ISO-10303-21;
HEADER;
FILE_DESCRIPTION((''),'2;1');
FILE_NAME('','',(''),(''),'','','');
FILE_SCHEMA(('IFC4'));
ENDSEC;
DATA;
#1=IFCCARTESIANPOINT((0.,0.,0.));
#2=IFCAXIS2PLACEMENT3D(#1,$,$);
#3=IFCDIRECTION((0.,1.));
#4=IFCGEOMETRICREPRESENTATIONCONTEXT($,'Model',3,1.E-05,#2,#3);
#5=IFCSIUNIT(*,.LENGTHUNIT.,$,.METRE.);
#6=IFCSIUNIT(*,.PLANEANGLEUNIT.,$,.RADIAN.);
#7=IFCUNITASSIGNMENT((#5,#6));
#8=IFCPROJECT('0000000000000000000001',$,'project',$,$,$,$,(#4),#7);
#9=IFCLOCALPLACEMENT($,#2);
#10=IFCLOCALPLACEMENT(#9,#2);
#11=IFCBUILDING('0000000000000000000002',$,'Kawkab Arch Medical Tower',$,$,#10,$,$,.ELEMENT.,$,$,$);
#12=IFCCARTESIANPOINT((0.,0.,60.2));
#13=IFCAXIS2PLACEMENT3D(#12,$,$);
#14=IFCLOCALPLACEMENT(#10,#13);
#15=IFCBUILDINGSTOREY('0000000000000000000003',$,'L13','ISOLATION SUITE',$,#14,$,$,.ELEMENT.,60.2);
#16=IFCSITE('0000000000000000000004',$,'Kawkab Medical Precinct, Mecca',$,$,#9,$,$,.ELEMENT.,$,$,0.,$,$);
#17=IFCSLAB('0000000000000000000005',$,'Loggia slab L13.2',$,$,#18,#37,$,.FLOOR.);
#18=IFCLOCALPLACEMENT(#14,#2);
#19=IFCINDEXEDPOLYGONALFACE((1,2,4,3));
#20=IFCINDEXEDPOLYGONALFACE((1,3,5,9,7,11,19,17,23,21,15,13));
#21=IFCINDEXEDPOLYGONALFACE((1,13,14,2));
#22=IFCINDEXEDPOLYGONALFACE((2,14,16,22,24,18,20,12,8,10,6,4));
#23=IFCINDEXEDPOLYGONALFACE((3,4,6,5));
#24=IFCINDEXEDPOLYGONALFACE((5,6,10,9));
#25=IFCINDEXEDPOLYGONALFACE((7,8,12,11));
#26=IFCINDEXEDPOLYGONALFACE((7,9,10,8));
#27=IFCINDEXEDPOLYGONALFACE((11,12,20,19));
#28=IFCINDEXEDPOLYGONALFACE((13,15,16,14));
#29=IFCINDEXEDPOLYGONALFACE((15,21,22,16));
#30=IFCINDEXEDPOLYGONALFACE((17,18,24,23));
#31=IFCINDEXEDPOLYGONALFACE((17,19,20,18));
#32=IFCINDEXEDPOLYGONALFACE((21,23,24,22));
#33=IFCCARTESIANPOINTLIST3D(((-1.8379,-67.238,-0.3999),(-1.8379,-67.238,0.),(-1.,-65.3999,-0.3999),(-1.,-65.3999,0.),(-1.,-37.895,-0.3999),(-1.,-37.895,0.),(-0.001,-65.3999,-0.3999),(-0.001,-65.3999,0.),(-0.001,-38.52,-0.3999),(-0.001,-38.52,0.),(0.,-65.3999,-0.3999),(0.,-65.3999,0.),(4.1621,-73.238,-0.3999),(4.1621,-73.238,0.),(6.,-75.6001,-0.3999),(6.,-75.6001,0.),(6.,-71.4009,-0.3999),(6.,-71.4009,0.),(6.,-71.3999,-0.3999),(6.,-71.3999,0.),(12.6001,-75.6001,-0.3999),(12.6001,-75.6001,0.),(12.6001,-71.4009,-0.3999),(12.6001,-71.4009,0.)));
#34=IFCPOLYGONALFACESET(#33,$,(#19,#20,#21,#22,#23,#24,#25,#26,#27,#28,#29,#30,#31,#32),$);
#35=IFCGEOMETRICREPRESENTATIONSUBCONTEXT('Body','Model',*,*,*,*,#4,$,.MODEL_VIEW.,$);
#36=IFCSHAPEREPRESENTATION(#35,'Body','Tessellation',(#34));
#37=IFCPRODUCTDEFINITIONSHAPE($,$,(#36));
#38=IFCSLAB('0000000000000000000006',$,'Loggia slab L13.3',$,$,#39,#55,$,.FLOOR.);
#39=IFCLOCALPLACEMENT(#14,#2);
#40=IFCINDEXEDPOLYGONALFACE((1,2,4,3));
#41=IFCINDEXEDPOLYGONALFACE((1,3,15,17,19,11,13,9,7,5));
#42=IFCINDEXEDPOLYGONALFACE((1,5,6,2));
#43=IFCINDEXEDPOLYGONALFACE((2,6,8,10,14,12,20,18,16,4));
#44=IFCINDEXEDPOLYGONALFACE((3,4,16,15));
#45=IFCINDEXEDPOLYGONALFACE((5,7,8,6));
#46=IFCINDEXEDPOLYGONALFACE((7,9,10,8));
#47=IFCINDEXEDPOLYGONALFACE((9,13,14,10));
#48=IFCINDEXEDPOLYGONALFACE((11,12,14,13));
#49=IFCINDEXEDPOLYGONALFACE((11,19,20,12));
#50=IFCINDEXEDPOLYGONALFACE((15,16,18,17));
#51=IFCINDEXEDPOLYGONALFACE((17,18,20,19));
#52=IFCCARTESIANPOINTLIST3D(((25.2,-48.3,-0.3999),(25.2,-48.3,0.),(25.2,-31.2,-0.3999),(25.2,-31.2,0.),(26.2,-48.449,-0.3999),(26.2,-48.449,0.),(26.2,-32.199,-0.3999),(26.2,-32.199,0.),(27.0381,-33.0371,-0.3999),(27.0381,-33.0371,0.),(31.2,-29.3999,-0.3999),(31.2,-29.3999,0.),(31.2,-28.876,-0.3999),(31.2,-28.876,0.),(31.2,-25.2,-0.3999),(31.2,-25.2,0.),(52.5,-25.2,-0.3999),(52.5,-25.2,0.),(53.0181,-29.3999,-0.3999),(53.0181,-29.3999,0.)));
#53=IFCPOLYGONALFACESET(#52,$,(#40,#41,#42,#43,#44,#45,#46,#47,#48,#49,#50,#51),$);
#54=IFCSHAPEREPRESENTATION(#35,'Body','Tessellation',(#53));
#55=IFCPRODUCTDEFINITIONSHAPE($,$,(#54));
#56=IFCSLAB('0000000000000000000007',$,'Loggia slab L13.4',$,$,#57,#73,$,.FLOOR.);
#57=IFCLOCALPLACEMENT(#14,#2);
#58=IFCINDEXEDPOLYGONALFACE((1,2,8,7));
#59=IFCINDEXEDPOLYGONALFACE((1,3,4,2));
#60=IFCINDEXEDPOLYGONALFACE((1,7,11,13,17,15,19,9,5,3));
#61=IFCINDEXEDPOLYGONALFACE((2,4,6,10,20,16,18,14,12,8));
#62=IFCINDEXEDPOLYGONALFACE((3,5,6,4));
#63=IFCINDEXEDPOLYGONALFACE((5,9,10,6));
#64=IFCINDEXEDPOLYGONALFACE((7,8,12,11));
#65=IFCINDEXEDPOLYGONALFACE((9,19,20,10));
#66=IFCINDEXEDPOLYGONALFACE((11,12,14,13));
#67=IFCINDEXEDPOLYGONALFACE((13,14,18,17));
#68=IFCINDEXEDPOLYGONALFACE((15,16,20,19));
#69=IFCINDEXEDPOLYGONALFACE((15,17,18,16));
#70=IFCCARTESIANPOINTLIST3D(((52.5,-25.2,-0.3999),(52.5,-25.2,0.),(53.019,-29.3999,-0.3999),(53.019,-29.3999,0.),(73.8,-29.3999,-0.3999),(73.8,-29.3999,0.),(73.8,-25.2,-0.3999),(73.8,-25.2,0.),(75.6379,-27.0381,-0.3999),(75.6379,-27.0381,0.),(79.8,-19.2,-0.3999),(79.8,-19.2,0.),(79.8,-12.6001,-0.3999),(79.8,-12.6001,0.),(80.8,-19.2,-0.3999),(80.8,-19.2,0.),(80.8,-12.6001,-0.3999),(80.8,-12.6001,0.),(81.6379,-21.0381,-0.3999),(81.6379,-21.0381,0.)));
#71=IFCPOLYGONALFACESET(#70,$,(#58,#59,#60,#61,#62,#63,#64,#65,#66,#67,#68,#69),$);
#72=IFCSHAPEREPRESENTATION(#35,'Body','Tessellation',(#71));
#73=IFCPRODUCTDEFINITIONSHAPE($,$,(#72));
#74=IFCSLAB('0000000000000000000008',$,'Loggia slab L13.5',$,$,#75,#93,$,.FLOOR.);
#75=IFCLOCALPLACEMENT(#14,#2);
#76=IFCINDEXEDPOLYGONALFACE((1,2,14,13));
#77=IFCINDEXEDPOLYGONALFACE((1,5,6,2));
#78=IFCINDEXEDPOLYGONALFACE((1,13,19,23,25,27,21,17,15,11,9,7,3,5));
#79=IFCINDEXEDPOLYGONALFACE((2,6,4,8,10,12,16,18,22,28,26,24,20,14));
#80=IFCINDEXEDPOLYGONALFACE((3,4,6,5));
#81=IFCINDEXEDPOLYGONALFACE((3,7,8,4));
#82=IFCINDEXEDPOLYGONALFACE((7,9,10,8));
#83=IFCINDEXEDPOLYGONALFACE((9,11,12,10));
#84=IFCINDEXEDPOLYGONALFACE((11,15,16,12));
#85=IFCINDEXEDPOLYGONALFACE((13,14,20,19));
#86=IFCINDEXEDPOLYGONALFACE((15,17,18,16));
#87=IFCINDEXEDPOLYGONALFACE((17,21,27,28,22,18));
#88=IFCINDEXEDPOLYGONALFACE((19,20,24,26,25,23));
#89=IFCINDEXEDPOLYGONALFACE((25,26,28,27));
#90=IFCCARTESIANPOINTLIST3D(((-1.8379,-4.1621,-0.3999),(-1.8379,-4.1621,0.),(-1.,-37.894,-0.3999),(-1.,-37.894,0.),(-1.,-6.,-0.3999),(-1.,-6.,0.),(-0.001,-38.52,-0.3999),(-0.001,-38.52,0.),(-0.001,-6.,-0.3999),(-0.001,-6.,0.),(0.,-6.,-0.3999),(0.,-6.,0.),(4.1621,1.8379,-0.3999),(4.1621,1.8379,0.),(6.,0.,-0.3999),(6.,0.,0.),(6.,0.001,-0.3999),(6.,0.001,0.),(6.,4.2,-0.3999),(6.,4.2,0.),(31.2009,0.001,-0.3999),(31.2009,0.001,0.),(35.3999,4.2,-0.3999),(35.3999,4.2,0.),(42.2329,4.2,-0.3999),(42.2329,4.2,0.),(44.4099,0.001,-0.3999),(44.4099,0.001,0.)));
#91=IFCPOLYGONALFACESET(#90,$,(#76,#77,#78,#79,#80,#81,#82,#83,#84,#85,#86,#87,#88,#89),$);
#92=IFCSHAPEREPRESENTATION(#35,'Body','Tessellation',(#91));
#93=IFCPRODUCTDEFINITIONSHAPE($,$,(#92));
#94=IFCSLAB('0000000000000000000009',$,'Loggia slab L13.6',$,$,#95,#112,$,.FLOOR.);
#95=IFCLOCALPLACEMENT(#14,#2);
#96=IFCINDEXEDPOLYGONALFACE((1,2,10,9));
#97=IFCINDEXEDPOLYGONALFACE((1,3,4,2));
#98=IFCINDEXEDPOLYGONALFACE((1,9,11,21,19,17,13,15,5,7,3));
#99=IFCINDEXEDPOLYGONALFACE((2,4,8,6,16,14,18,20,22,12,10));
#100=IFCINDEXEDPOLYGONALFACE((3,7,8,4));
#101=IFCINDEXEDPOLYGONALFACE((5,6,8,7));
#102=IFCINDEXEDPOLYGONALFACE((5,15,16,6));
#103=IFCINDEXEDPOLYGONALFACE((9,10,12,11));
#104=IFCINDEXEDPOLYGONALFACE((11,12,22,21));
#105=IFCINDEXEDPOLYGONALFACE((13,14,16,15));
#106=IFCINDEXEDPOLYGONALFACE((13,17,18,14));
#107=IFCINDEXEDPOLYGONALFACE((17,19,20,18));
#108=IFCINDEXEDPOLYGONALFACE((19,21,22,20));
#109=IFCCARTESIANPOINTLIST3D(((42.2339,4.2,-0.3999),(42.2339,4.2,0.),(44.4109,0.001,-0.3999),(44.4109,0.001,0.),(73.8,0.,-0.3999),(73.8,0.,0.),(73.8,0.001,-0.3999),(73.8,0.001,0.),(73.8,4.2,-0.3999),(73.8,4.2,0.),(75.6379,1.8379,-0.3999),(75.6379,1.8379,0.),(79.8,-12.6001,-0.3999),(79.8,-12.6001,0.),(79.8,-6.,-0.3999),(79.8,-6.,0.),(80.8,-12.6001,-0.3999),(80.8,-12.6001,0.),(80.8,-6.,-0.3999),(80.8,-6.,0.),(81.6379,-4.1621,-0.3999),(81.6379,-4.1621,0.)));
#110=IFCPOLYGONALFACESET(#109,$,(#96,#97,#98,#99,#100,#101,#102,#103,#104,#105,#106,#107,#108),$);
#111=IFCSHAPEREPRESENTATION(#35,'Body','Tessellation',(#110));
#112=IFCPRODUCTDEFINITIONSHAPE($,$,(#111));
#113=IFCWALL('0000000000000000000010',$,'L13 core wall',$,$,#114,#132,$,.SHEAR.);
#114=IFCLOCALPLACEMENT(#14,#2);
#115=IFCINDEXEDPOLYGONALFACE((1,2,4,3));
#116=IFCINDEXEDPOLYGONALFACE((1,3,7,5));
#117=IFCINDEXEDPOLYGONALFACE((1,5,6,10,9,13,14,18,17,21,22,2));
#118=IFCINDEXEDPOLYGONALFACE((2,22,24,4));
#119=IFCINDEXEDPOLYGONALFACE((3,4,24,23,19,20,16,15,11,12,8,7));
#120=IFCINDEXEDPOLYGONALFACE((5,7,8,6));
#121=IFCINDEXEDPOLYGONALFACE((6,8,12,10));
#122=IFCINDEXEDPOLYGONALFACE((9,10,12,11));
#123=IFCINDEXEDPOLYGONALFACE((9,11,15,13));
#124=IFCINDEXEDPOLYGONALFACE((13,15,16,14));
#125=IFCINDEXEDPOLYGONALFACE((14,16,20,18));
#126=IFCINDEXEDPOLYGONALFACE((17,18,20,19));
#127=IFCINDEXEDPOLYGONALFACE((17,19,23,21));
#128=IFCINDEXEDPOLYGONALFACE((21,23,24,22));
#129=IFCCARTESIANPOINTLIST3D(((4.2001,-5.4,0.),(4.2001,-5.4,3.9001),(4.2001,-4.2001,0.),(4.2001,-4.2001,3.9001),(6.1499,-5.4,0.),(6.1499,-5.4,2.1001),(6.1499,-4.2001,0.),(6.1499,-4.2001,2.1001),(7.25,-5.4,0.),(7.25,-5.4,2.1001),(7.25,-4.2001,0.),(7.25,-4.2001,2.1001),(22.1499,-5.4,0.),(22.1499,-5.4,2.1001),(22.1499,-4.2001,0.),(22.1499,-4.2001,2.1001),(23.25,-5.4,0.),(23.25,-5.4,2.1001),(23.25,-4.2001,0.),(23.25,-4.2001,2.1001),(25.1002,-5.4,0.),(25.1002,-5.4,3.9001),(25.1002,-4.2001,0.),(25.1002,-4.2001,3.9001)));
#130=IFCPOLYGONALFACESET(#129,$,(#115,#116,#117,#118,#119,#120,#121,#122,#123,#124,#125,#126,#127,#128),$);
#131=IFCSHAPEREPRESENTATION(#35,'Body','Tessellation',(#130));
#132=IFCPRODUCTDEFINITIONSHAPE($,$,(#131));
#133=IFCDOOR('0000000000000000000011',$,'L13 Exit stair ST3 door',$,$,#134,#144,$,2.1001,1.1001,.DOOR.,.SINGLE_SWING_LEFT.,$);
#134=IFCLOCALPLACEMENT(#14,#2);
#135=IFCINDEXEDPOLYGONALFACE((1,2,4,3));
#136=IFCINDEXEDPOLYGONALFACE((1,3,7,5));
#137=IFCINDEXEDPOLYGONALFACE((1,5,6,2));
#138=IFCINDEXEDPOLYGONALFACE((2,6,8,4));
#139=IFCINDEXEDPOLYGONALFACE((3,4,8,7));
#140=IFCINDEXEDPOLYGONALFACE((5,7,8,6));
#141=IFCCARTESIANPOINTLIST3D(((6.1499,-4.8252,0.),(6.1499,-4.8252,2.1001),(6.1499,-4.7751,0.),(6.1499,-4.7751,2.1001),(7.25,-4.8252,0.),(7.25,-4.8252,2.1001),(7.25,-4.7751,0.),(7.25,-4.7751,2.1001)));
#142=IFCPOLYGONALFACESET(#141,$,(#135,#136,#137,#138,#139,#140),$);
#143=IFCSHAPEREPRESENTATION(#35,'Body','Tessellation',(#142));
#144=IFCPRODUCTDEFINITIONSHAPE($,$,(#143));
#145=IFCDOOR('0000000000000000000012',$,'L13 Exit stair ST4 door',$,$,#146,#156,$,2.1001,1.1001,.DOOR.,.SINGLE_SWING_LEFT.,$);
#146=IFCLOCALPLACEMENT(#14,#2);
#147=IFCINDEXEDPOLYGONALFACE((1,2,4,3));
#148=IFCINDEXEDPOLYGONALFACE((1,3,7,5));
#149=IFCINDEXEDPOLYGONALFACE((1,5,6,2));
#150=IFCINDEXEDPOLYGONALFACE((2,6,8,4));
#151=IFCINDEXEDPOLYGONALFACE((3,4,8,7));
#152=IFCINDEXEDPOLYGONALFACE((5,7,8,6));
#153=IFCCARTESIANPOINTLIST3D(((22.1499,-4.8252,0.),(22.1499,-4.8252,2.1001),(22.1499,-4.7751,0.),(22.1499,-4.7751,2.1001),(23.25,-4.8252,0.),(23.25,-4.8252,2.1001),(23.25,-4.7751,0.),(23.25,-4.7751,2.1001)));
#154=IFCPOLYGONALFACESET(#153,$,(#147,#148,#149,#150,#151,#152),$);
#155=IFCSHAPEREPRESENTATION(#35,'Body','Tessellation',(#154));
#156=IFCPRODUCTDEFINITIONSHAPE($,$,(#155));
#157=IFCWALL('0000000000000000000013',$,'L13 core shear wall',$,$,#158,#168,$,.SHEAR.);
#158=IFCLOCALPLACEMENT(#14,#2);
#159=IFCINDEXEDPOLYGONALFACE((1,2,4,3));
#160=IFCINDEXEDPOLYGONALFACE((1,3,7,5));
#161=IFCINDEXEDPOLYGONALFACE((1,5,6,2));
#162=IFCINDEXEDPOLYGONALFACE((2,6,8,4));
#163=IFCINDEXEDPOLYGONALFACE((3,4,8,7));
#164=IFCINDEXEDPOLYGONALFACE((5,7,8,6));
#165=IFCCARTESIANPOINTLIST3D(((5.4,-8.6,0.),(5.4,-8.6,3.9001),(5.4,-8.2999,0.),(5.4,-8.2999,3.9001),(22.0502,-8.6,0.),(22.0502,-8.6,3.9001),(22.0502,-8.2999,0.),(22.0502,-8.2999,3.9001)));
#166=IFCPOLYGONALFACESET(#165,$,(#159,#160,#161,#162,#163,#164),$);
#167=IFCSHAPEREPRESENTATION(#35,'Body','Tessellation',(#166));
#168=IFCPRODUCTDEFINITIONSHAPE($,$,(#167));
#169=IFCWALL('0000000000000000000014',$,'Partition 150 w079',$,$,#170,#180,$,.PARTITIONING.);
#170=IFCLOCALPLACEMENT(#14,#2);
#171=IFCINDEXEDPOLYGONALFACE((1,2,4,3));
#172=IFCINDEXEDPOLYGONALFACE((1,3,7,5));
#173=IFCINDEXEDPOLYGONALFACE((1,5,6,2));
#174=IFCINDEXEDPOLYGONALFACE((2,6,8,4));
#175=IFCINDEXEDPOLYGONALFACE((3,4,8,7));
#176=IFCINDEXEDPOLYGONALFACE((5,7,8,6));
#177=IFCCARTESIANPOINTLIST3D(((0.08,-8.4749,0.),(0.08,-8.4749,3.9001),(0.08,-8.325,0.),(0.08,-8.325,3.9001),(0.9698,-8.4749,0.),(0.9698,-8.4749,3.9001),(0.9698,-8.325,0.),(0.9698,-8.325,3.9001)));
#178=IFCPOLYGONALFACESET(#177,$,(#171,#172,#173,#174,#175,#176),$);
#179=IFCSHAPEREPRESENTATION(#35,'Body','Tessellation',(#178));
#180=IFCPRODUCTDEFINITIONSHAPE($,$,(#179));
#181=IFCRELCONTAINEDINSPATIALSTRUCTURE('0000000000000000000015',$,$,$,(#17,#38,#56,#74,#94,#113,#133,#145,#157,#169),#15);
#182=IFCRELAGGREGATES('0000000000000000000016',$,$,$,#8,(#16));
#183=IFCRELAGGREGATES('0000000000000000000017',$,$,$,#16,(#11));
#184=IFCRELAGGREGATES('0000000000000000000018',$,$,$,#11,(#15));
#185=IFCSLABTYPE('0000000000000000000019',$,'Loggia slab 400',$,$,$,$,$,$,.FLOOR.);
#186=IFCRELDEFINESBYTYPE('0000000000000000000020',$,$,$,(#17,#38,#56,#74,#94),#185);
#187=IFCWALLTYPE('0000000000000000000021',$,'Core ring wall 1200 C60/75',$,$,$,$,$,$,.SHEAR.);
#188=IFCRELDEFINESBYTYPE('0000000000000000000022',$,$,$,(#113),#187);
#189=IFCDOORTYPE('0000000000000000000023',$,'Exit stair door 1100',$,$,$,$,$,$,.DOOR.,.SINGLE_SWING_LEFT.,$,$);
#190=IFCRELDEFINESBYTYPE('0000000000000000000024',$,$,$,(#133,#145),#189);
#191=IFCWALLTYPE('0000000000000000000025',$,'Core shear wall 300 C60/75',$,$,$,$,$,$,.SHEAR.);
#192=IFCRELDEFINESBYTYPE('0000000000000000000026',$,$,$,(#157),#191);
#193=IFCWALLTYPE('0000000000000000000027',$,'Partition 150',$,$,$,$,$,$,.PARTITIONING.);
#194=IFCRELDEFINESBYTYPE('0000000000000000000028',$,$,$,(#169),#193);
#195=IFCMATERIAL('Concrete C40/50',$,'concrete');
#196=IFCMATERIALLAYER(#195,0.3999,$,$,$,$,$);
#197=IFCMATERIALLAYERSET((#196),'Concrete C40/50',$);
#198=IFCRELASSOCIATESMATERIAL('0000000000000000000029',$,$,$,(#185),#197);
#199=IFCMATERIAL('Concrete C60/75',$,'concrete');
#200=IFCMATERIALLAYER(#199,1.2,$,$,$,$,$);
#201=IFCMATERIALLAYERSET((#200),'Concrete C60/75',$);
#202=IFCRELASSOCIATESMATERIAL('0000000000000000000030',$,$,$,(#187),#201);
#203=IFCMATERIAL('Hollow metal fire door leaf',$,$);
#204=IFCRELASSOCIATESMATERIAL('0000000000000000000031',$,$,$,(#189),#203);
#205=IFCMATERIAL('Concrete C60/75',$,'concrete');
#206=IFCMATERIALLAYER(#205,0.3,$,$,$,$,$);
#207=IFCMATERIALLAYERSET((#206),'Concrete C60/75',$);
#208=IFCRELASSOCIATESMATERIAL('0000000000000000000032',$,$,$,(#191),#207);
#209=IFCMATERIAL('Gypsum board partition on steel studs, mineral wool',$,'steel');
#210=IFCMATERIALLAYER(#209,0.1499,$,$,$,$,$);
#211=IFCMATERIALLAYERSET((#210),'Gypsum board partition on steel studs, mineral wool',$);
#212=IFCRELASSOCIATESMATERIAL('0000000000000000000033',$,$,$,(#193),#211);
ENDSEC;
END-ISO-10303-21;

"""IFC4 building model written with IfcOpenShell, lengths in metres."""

from ifc_helpers import new_model, si_unit, direction, frame, frame_2d, origin, place, context, subcontext, project, spatial, polyline, rectangle, outline, extrude, material, layer, layer_set, type_object, element, fill, save


model = new_model("IFC4")

# Units and contexts
model_context = context("Model", 3, precision=1e-05, world=origin(), true_north=direction((0.0, 1.0)))
body_context = subcontext(model_context, "Body", "Model", "MODEL_VIEW")
ifc_project = project(units=[si_unit("LENGTHUNIT", "METRE"), si_unit("PLANEANGLEUNIT", "RADIAN")], contexts=[model_context])

# Site, building, storey
site_placement = place(None, origin())
site = spatial("IfcSite", under=ifc_project, at=site_placement, Name="Kawkab Medical Precinct, Mecca", CompositionType="ELEMENT", RefElevation=0.0)
building_placement = place(site_placement, origin())
building = spatial("IfcBuilding", under=site, at=building_placement, Name="Kawkab Arch Medical Tower", CompositionType="ELEMENT")
storey_placement = place(building_placement, frame((0.0, 0.0, 60.2)))
storey = spatial("IfcBuildingStorey", under=building, at=storey_placement, Name="L13", Description="ISOLATION SUITE", CompositionType="ELEMENT", Elevation=60.2)

# Slabs
ifc_material_1 = material(Name="Concrete C40/50", Category="concrete")
ifc_layer_1 = layer(ifc_material_1, 0.3999)
ifc_layer_set_1 = layer_set([ifc_layer_1], Name="Concrete C40/50")
slab_type_1 = type_object("IfcSlabType", Name="Loggia slab 400", PredefinedType="FLOOR", material=ifc_layer_set_1)
placement_1 = place(storey_placement, frame((0.0, 0.0, -0.3999)))
element("IfcSlab", 1, at=placement_1, inside=storey, type_object=slab_type_1, Name="Loggia slab L13.2", PredefinedType="FLOOR", context=body_context, shape_type="SweptSolid", body=[
    extrude(outline(polyline([(4.1621, -73.238), (-1.8379, -67.238), (-1.0, -65.3999), (-1.0, -37.895), (-0.001, -38.52), (-0.001, -65.3999), (0.0, -65.3999), (6.0, -71.3999), (6.0, -71.4009), (12.6001, -71.4009), (12.6001, -75.6001), (6.0, -75.6001), (4.1621, -73.238)])), origin(), (0.0, 0.0, 1.0), 0.3999),
])
element("IfcSlab", 2, at=placement_1, inside=storey, type_object=slab_type_1, Name="Loggia slab L13.3", PredefinedType="FLOOR", context=body_context, shape_type="SweptSolid", body=[
    extrude(outline(polyline([(31.2, -28.876), (27.0381, -33.0371), (26.2, -32.199), (26.2, -48.449), (25.2, -48.3), (25.2, -31.2), (31.2, -25.2), (52.5, -25.2), (53.0181, -29.3999), (31.2, -29.3999), (31.2, -28.876)])), origin(), (0.0, 0.0, 1.0), 0.3999),
])
element("IfcSlab", 3, at=placement_1, inside=storey, type_object=slab_type_1, Name="Loggia slab L13.4", PredefinedType="FLOOR", context=body_context, shape_type="SweptSolid", body=[
    extrude(outline(polyline([(81.6379, -21.0381), (75.6379, -27.0381), (73.8, -29.3999), (53.019, -29.3999), (52.5, -25.2), (73.8, -25.2), (79.8, -19.2), (79.8, -12.6001), (80.8, -12.6001), (80.8, -19.2), (81.6379, -21.0381)])), origin(), (0.0, 0.0, 1.0), 0.3999),
])
element("IfcSlab", 4, at=placement_1, inside=storey, type_object=slab_type_1, Name="Loggia slab L13.5", PredefinedType="FLOOR", context=body_context, shape_type="SweptSolid", body=[
    extrude(outline(polyline([(4.1621, 1.8379), (6.0, 4.2), (35.3999, 4.2), (42.2329, 4.2), (44.4099, 0.001), (31.2009, 0.001), (6.0, 0.001), (6.0, 0.0), (0.0, -6.0), (-0.001, -6.0), (-0.001, -38.52), (-1.0, -37.894), (-1.0, -6.0), (-1.8379, -4.1621), (4.1621, 1.8379)])), origin(), (0.0, 0.0, 1.0), 0.3999),
])
element("IfcSlab", 5, at=placement_1, inside=storey, type_object=slab_type_1, Name="Loggia slab L13.6", PredefinedType="FLOOR", context=body_context, shape_type="SweptSolid", body=[
    extrude(outline(polyline([(75.6379, 1.8379), (81.6379, -4.1621), (80.8, -6.0), (80.8, -12.6001), (79.8, -12.6001), (79.8, -6.0), (73.8, 0.0), (73.8, 0.001), (44.4109, 0.001), (42.2339, 4.2), (73.8, 4.2), (75.6379, 1.8379)])), origin(), (0.0, 0.0, 1.0), 0.3999),
])

# Wall, openings, doors
ifc_material_2 = material(Name="Concrete C60/75", Category="concrete")
ifc_layer_2 = layer(ifc_material_2, 1.2)
ifc_layer_set_2 = layer_set([ifc_layer_2], Name="Concrete C60/75")
wall_type_1 = type_object("IfcWallType", Name="Core ring wall 1200 C60/75", PredefinedType="SHEAR", material=ifc_layer_set_2)
wall_1_placement = place(storey_placement, frame((4.2, -4.8, 0.0), z_axis=(0.0, 0.0, 1.0), x_axis=(1.0, 0.0, 0.0)))
wall_1 = element("IfcWall", 6, at=wall_1_placement, inside=storey, type_object=wall_type_1, Name="L13 core wall", PredefinedType="SHEAR", context=body_context, shape_type="SweptSolid", body=[
    extrude(rectangle(XDim=20.9001, YDim=1.2, at=frame_2d((10.4502, 0.0))), origin(), (0.0, 0.0, 1.0), 3.9001),
])
opening_1_placement = place(wall_1_placement, frame((1.95, 0.0, 0.0)))
opening_1 = element("IfcOpeningElement", 7, at=opening_1_placement, cuts=wall_1, PredefinedType="OPENING", context=body_context, shape_type="SweptSolid", body=[
    extrude(rectangle(XDim=1.1001, YDim=2.1001, at=frame_2d((0.55, 1.05))), frame((0.0, 0.6099, 0.0), z_axis=(0.0, -1.0, 0.0), x_axis=(1.0, 0.0, 0.0)), (0.0, 0.0, 1.0), 1.22),
])
opening_2_placement = place(wall_1_placement, frame((17.95, 0.0, 0.0)))
opening_2 = element("IfcOpeningElement", 8, at=opening_2_placement, cuts=wall_1, PredefinedType="OPENING", context=body_context, shape_type="SweptSolid", body=[
    extrude(rectangle(XDim=1.1001, YDim=2.1001, at=frame_2d((0.55, 1.05))), frame((0.0, 0.6099, 0.0), z_axis=(0.0, -1.0, 0.0), x_axis=(1.0, 0.0, 0.0)), (0.0, 0.0, 1.0), 1.22),
])
ifc_material_3 = material(Name="Hollow metal fire door leaf")
door_type = type_object("IfcDoorType", Name="Exit stair door 1100", OperationType="SINGLE_SWING_LEFT", PredefinedType="DOOR", material=ifc_material_3)
door_1_placement = place(opening_1_placement, origin())
door_1 = element("IfcDoor", 9, at=door_1_placement, inside=storey, type_object=door_type, Name="L13 Exit stair ST3 door", OperationType="SINGLE_SWING_LEFT", OverallHeight=2.1001, OverallWidth=1.1001, PredefinedType="DOOR", context=body_context, shape_type="SweptSolid", body=[
    extrude(rectangle(XDim=1.1001, YDim=2.1001, at=frame_2d((0.55, 1.05))), frame((0.0, 0.0249, 0.0), z_axis=(0.0, -1.0, 0.0), x_axis=(1.0, 0.0, 0.0)), (0.0, 0.0, 1.0), 0.05),
])
fill(opening_1, door_1)
door_2_placement = place(opening_2_placement, origin())
door_2 = element("IfcDoor", 10, at=door_2_placement, inside=storey, type_object=door_type, Name="L13 Exit stair ST4 door", OperationType="SINGLE_SWING_LEFT", OverallHeight=2.1001, OverallWidth=1.1001, PredefinedType="DOOR", context=body_context, shape_type="SweptSolid", body=[
    extrude(rectangle(XDim=1.1001, YDim=2.1001, at=frame_2d((0.55, 1.05))), frame((0.0, 0.0249, 0.0), z_axis=(0.0, -1.0, 0.0), x_axis=(1.0, 0.0, 0.0)), (0.0, 0.0, 1.0), 0.05),
])
fill(opening_2, door_2)

# Walls
ifc_material_4 = material(Name="Concrete C60/75", Category="concrete")
ifc_layer_3 = layer(ifc_material_4, 0.3)
ifc_layer_set_3 = layer_set([ifc_layer_3], Name="Concrete C60/75")
wall_type_2 = type_object("IfcWallType", Name="Core shear wall 300 C60/75", PredefinedType="SHEAR", material=ifc_layer_set_3)
wall_2_placement = place(storey_placement, frame((5.3999, -8.45, 0.0), z_axis=(0.0, 0.0, 1.0), x_axis=(1.0, 0.0, 0.0)))
element("IfcWall", 11, at=wall_2_placement, inside=storey, type_object=wall_type_2, Name="L13 core shear wall", PredefinedType="SHEAR", context=body_context, shape_type="SweptSolid", body=[
    extrude(rectangle(XDim=16.6501, YDim=0.3, at=frame_2d((8.3252, 0.0))), origin(), (0.0, 0.0, 1.0), 3.9001),
])
ifc_material_5 = material(Name="Gypsum board partition on steel studs, mineral wool", Category="steel")
ifc_layer_4 = layer(ifc_material_5, 0.1499)
ifc_layer_set_4 = layer_set([ifc_layer_4], Name="Gypsum board partition on steel studs, mineral wool")
wall_type_3 = type_object("IfcWallType", Name="Partition 150", PredefinedType="PARTITIONING", material=ifc_layer_set_4)
wall_3_placement = place(storey_placement, frame((0.0801, -8.3999, 0.0), z_axis=(0.0, 0.0, 1.0), x_axis=(1.0, 0.0, 0.0)))
element("IfcWall", 12, at=wall_3_placement, inside=storey, type_object=wall_type_3, Name="Partition 150 w079", PredefinedType="PARTITIONING", context=body_context, shape_type="SweptSolid", body=[
    extrude(rectangle(XDim=0.8899, YDim=0.1499, at=frame_2d((0.4448, 0.0))), origin(), (0.0, 0.0, 1.0), 3.9001),
])

save(model, "model.ifc")
